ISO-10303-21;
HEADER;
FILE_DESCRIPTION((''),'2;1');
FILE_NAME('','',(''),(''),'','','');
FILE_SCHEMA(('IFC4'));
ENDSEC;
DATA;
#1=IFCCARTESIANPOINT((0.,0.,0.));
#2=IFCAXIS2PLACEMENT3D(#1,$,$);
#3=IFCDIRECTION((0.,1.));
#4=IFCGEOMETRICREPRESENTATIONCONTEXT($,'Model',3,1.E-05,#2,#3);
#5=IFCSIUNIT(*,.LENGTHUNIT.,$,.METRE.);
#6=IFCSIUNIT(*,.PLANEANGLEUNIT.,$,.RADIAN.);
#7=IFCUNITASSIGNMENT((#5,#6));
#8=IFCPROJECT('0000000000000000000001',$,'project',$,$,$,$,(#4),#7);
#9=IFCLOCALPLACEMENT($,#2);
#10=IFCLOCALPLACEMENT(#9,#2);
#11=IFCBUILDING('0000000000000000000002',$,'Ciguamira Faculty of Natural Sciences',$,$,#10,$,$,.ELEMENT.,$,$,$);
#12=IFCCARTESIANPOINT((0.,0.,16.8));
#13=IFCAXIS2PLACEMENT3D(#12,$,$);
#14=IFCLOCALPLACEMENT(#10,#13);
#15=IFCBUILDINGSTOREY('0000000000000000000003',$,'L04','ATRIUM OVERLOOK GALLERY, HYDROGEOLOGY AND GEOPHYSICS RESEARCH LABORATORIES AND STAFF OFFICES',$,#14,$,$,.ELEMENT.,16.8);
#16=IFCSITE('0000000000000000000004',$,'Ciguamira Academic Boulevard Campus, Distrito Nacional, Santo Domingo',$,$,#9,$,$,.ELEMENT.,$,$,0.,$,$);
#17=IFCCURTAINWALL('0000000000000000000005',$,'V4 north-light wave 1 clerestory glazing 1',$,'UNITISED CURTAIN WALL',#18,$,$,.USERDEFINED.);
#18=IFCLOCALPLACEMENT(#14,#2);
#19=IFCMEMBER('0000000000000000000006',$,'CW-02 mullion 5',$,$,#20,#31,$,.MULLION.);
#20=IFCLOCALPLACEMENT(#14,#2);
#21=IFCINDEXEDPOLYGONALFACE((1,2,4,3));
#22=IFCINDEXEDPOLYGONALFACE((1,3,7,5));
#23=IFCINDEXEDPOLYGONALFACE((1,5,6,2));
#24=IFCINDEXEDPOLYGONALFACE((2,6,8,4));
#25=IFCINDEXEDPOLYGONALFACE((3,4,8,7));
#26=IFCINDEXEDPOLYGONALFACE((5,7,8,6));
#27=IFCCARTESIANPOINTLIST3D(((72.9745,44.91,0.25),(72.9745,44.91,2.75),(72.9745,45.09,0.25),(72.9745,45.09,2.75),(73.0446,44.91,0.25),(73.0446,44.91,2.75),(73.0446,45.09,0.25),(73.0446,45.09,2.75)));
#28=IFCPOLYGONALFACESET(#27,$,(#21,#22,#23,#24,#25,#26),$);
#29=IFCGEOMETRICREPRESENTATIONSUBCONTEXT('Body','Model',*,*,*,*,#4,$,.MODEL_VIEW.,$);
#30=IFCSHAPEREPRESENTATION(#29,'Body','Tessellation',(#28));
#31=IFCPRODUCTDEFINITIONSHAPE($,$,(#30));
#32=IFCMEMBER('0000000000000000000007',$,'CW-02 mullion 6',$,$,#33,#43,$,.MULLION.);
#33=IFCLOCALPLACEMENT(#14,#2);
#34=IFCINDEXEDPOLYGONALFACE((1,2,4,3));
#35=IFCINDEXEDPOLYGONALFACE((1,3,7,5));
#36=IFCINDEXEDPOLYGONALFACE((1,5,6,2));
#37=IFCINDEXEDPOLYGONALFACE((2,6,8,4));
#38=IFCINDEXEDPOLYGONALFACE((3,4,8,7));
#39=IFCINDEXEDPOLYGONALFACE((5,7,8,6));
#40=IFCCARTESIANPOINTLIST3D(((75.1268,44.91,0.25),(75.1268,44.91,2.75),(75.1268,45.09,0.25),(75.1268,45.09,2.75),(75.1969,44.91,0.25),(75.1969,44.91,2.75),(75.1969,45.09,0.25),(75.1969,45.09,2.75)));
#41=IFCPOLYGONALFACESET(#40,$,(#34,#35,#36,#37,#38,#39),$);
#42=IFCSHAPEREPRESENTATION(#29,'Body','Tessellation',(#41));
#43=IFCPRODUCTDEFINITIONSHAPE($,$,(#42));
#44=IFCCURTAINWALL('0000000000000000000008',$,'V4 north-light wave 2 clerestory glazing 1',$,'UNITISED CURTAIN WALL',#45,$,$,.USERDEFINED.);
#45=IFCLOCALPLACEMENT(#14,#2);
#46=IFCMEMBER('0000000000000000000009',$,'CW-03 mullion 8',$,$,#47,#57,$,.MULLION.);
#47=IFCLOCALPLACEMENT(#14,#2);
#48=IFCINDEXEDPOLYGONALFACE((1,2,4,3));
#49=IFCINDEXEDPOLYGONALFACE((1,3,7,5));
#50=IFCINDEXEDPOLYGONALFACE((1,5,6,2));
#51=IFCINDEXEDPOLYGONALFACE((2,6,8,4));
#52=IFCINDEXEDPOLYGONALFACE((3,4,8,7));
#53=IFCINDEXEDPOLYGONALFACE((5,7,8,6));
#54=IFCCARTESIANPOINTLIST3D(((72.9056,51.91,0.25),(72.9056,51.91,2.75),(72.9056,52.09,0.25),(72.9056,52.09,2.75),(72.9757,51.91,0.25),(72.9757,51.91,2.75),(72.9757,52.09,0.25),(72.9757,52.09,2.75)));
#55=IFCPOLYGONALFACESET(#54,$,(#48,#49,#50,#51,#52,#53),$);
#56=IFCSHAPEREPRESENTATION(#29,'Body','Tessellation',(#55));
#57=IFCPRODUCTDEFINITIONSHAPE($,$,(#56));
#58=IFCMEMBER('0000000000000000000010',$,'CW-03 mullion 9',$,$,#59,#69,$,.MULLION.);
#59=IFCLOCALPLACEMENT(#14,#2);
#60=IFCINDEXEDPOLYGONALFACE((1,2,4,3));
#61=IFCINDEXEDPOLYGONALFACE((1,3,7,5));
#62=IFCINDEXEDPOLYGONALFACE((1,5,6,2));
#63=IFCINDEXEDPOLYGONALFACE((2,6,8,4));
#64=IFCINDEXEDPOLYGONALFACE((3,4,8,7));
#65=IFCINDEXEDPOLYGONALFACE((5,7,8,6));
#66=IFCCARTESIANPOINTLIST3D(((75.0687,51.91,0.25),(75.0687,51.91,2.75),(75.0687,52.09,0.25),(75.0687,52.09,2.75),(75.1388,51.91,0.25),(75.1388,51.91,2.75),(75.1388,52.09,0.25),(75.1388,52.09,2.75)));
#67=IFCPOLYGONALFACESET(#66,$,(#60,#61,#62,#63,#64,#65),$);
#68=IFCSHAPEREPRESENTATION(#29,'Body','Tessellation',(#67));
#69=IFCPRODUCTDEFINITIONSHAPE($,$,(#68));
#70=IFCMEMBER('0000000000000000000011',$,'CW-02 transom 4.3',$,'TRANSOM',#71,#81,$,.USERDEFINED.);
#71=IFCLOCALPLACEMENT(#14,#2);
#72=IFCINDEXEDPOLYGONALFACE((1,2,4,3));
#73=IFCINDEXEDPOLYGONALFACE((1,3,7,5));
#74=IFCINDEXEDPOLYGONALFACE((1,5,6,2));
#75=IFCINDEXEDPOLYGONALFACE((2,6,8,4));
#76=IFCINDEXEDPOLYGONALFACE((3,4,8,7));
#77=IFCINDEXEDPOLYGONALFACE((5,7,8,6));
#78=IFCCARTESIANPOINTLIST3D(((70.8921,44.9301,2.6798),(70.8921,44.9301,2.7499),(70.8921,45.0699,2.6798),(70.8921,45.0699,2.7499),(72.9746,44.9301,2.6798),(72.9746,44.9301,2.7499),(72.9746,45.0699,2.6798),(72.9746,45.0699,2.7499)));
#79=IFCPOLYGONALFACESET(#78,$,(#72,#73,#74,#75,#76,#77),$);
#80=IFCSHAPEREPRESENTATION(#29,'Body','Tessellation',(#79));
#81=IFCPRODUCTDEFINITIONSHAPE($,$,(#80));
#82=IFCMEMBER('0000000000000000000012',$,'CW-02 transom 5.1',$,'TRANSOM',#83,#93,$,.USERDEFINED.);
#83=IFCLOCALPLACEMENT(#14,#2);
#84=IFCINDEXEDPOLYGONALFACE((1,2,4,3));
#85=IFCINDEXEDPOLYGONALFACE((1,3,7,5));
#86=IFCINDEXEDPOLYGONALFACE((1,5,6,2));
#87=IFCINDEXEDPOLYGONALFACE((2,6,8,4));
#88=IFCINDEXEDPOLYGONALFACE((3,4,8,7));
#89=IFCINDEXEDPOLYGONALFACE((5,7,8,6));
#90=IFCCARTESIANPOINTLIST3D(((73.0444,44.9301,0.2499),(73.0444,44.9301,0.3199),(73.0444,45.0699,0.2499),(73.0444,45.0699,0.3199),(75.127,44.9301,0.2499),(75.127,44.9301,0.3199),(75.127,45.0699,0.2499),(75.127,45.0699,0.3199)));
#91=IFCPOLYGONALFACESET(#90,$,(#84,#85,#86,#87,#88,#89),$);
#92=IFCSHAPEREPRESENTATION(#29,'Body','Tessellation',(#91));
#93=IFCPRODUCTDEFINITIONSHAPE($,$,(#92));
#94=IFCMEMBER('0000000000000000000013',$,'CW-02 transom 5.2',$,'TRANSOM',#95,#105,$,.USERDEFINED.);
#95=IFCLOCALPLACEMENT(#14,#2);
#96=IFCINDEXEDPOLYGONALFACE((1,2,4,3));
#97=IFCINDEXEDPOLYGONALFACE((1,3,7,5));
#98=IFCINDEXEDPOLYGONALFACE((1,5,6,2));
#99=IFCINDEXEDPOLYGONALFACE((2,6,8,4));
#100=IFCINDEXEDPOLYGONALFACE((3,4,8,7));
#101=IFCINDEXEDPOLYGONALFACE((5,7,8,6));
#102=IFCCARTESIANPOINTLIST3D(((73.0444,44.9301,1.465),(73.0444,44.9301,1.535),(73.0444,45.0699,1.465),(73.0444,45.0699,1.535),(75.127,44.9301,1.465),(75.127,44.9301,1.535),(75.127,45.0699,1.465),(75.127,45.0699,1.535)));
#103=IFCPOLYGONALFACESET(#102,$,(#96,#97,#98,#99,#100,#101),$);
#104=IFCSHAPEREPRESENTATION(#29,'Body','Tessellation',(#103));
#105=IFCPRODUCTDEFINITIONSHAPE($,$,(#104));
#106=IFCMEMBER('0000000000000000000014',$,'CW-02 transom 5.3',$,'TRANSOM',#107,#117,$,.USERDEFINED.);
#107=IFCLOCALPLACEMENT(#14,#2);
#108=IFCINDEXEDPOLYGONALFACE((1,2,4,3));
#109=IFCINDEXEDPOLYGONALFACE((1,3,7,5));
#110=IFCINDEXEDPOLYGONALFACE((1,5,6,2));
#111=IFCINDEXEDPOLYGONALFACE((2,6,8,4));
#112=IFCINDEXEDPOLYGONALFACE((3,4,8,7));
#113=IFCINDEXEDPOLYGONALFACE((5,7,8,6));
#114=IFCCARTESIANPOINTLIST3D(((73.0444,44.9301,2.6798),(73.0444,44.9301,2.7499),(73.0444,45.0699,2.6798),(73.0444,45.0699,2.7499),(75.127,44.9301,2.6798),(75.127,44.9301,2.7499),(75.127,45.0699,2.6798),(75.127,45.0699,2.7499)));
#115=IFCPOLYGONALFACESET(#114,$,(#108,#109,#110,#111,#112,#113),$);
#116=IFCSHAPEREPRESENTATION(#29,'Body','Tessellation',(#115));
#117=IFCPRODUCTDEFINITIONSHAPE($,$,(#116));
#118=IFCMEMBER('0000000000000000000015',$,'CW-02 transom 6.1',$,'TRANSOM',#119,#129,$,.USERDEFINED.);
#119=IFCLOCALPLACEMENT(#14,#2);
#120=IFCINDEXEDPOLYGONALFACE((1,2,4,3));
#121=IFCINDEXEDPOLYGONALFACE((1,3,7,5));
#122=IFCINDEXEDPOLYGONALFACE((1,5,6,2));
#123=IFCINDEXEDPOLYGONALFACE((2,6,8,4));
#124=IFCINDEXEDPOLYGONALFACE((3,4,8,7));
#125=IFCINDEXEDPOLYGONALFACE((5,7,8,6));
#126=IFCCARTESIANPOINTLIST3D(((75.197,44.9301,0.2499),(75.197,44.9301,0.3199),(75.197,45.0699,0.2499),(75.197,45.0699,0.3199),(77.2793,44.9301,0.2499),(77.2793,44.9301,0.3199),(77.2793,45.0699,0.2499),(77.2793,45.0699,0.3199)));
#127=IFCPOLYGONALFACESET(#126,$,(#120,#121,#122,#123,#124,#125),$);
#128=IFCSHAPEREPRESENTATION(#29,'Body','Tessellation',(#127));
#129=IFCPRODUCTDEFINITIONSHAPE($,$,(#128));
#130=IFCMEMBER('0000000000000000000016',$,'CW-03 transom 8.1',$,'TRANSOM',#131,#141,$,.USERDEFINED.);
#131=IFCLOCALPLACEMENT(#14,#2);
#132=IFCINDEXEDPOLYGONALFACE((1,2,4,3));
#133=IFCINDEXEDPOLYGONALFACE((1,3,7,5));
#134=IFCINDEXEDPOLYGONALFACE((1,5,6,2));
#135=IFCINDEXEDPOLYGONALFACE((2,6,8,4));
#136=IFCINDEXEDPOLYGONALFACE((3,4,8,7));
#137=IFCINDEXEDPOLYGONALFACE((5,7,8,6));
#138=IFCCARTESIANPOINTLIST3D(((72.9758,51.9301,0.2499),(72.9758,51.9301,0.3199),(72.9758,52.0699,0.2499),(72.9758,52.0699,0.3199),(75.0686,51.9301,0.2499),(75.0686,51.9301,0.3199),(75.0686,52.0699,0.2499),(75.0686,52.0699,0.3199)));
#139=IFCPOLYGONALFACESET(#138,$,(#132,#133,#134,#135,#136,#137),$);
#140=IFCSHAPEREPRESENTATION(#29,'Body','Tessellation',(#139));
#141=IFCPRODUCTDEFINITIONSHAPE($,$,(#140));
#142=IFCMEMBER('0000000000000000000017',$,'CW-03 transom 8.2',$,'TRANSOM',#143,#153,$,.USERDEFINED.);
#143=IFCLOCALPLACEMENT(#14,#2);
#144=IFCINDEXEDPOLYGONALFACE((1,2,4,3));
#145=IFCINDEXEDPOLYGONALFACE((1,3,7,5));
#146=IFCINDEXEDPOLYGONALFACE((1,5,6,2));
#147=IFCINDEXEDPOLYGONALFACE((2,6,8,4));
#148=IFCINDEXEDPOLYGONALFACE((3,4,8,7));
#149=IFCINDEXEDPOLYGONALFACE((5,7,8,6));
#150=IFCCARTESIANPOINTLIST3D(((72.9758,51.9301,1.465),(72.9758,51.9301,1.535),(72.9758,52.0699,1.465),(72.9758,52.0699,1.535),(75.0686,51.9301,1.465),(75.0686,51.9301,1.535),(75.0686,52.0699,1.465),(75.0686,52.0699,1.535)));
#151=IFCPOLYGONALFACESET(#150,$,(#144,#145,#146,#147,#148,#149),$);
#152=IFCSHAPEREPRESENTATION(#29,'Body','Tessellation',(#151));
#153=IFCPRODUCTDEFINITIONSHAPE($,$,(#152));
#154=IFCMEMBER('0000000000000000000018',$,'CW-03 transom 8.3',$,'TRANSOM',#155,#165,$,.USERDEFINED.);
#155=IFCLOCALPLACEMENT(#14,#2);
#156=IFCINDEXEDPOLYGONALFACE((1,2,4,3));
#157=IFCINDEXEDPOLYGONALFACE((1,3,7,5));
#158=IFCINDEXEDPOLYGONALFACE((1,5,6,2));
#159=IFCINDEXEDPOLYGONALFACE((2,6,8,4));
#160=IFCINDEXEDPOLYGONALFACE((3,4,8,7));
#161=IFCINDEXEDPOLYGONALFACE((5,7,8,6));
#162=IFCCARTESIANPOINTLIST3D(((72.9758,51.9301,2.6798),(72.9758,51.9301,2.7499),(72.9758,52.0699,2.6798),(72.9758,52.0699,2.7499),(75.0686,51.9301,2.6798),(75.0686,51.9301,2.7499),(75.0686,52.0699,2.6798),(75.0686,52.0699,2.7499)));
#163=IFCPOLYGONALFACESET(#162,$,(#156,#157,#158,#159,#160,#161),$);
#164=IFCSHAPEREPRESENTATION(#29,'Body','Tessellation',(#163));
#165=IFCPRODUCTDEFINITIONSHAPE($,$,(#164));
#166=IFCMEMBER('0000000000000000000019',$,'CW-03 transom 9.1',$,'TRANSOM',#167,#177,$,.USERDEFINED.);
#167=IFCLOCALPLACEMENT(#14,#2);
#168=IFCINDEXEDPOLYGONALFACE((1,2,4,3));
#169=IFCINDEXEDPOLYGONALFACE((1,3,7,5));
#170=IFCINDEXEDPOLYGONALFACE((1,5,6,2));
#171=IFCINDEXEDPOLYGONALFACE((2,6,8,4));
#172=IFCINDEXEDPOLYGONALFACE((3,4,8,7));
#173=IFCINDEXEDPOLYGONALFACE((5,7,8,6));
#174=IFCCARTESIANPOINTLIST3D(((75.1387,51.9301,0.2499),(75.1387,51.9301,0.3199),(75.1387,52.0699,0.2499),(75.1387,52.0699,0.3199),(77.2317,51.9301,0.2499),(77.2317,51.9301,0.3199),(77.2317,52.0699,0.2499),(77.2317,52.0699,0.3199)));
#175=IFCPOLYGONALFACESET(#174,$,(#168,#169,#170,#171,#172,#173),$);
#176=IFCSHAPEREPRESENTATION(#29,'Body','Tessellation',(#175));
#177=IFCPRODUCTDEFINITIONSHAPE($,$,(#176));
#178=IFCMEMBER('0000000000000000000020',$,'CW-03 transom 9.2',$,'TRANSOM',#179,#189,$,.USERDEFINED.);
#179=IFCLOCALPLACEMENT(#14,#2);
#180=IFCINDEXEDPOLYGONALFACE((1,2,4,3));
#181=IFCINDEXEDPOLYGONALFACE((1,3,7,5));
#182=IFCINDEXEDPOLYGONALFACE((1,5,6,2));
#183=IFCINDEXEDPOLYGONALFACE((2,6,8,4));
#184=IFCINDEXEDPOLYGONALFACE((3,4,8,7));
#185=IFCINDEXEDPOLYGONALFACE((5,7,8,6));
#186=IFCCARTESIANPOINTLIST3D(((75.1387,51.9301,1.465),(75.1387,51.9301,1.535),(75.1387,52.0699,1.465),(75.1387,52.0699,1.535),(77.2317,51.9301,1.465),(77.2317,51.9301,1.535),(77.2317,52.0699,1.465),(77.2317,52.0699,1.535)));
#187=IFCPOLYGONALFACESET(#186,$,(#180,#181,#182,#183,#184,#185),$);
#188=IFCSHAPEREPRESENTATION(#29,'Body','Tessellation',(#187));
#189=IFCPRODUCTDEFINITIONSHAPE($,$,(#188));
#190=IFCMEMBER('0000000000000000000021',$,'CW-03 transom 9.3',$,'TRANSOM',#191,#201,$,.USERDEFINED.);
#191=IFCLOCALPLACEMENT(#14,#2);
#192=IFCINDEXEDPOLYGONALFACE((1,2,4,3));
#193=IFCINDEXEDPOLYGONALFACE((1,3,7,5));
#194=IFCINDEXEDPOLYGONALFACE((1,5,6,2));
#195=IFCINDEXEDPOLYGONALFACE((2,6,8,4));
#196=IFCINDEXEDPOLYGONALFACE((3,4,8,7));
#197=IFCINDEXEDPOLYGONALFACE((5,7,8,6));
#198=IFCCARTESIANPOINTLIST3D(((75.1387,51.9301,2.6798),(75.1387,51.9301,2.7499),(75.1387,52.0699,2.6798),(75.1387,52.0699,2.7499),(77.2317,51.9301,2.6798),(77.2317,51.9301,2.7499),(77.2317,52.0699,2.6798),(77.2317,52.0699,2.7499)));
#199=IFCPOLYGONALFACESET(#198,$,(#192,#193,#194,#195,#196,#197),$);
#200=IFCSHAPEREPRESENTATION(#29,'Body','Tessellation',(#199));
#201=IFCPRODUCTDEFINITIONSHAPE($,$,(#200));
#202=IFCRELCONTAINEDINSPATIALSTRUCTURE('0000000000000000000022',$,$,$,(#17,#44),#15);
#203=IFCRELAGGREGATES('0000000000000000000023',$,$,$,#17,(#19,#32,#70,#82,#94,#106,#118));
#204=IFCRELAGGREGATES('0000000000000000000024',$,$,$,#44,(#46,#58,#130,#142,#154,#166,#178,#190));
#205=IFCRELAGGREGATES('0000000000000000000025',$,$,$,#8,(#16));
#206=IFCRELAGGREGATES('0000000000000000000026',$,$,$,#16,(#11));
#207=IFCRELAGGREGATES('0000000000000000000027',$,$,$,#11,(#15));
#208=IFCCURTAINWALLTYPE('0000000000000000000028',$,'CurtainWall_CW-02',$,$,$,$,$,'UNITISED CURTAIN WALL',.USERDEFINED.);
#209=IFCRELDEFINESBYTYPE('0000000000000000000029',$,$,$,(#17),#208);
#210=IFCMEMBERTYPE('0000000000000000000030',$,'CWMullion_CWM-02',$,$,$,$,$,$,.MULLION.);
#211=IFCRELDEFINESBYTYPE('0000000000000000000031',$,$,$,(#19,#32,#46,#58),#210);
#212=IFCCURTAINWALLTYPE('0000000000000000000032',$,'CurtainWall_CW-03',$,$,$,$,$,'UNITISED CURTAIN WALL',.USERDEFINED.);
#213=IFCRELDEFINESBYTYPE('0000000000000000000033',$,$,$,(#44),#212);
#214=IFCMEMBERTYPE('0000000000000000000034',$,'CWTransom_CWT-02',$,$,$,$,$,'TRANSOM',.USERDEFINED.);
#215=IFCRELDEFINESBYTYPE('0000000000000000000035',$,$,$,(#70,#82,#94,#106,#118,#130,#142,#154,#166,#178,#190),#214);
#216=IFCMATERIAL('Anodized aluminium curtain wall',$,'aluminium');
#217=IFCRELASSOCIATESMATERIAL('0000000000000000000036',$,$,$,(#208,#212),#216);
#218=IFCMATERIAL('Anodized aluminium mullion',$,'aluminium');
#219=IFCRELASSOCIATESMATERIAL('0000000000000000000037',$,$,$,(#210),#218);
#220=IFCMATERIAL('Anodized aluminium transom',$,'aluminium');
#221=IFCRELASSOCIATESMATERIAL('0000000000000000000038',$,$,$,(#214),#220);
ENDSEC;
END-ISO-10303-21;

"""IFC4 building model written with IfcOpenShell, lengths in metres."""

from ifc_helpers import new_model, si_unit, direction, frame, origin, origin_2d, place, context, subcontext, project, spatial, rectangle, extrude, material, material_profile, profile_set, type_object, element, aggregate, save


model = new_model("IFC4")

# Units and contexts
model_context = context("Model", 3, precision=1e-05, world=origin(), true_north=direction((0.0, 1.0)))
body_context = subcontext(model_context, "Body", "Model", "MODEL_VIEW")
ifc_project = project(units=[si_unit("LENGTHUNIT", "METRE"), si_unit("PLANEANGLEUNIT", "RADIAN")], contexts=[model_context])

# Site, building, storey
site_placement = place(None, origin())
site = spatial("IfcSite", under=ifc_project, at=site_placement, Name="Ciguamira Academic Boulevard Campus, Distrito Nacional, Santo Domingo", CompositionType="ELEMENT", RefElevation=0.0)
building_placement = place(site_placement, origin())
building = spatial("IfcBuilding", under=site, at=building_placement, Name="Ciguamira Faculty of Natural Sciences", CompositionType="ELEMENT")
storey_placement = place(building_placement, frame((0.0, 0.0, 16.8)))
storey = spatial("IfcBuildingStorey", under=building, at=storey_placement, Name="L04", Description="ATRIUM OVERLOOK GALLERY, HYDROGEOLOGY AND GEOPHYSICS RESEARCH LABORATORIES AND STAFF OFFICES", CompositionType="ELEMENT", Elevation=16.8)

# Curtain walls, members
ifc_material_1 = material(Name="Anodized aluminium curtain wall", Category="aluminium")
curtain_wall_type_1 = type_object("IfcCurtainWallType", Name="CurtainWall_CW-02", ElementType="UNITISED CURTAIN WALL", PredefinedType="USERDEFINED", material=ifc_material_1)
curtain_wall_1_placement = place(storey_placement, origin())
curtain_wall_1 = element("IfcCurtainWall", 1, at=curtain_wall_1_placement, inside=storey, type_object=curtain_wall_type_1, Name="V4 north-light wave 1 clerestory glazing 1", ObjectType="UNITISED CURTAIN WALL", PredefinedType="USERDEFINED")
ifc_material_2 = material(Name="Anodized aluminium mullion", Category="aluminium")
ifc_material_profile_1 = material_profile(ifc_material_2, rectangle(XDim=0.0701, YDim=0.1799, at=origin_2d()), Name="ALU-MUL-70X180")
ifc_profile_set_1 = profile_set([ifc_material_profile_1], Name="Anodized aluminium mullion")
member_type_1 = type_object("IfcMemberType", Name="CWMullion_CWM-02", PredefinedType="MULLION", material=ifc_profile_set_1)
member_1_placement = place(storey_placement, frame((73.0095, 45.0, 0.25), z_axis=(0.0, 0.0, 1.0), x_axis=(1.0, 0.0, 0.0)))
member_1 = element("IfcMember", 2, at=member_1_placement, type_object=member_type_1, Name="CW-02 mullion 5", PredefinedType="MULLION", context=body_context, shape_type="SweptSolid", body=[
    extrude(rectangle(XDim=0.0701, YDim=0.1799, at=origin_2d()), origin(), (0.0, 0.0, 1.0), 2.5),
])
member_2_placement = place(storey_placement, frame((75.1619, 45.0, 0.25), z_axis=(0.0, 0.0, 1.0), x_axis=(1.0, 0.0, 0.0)))
member_2 = element("IfcMember", 3, at=member_2_placement, type_object=member_type_1, Name="CW-02 mullion 6", PredefinedType="MULLION", context=body_context, shape_type="SweptSolid", body=[
    extrude(rectangle(XDim=0.0701, YDim=0.1799, at=origin_2d()), origin(), (0.0, 0.0, 1.0), 2.5),
])
curtain_wall_type_2 = type_object("IfcCurtainWallType", Name="CurtainWall_CW-03", ElementType="UNITISED CURTAIN WALL", PredefinedType="USERDEFINED", material=ifc_material_1)
curtain_wall_2_placement = place(storey_placement, origin())
curtain_wall_2 = element("IfcCurtainWall", 4, at=curtain_wall_2_placement, inside=storey, type_object=curtain_wall_type_2, Name="V4 north-light wave 2 clerestory glazing 1", ObjectType="UNITISED CURTAIN WALL", PredefinedType="USERDEFINED")
member_3_placement = place(storey_placement, frame((72.9407, 52.0, 0.25), z_axis=(0.0, 0.0, 1.0), x_axis=(1.0, 0.0, 0.0)))
member_3 = element("IfcMember", 5, at=member_3_placement, type_object=member_type_1, Name="CW-03 mullion 8", PredefinedType="MULLION", context=body_context, shape_type="SweptSolid", body=[
    extrude(rectangle(XDim=0.0701, YDim=0.1799, at=origin_2d()), origin(), (0.0, 0.0, 1.0), 2.5),
])
member_4_placement = place(storey_placement, frame((75.1038, 52.0, 0.25), z_axis=(0.0, 0.0, 1.0), x_axis=(1.0, 0.0, 0.0)))
member_4 = element("IfcMember", 6, at=member_4_placement, type_object=member_type_1, Name="CW-03 mullion 9", PredefinedType="MULLION", context=body_context, shape_type="SweptSolid", body=[
    extrude(rectangle(XDim=0.0701, YDim=0.1799, at=origin_2d()), origin(), (0.0, 0.0, 1.0), 2.5),
])

# Members
ifc_material_3 = material(Name="Anodized aluminium transom", Category="aluminium")
ifc_material_profile_2 = material_profile(ifc_material_3, rectangle(XDim=0.0701, YDim=0.1399, at=origin_2d()), Name="ALU-TRN-70X140")
ifc_profile_set_2 = profile_set([ifc_material_profile_2], Name="Anodized aluminium transom")
member_type_2 = type_object("IfcMemberType", Name="CWTransom_CWT-02", ElementType="TRANSOM", PredefinedType="USERDEFINED", material=ifc_profile_set_2)
member_5_placement = place(storey_placement, frame((70.8921, 45.0, 2.7148), z_axis=(1.0, 0.0, 0.0), x_axis=(0.0, 0.0, 1.0)))
member_5 = element("IfcMember", 7, at=member_5_placement, type_object=member_type_2, Name="CW-02 transom 4.3", ObjectType="TRANSOM", PredefinedType="USERDEFINED", context=body_context, shape_type="SweptSolid", body=[
    extrude(rectangle(XDim=0.0701, YDim=0.1399, at=origin_2d()), origin(), (0.0, 0.0, 1.0), 2.0825),
])
member_6_placement = place(storey_placement, frame((73.0444, 45.0, 0.2849), z_axis=(1.0, 0.0, 0.0), x_axis=(0.0, 0.0, 1.0)))
member_6 = element("IfcMember", 8, at=member_6_placement, type_object=member_type_2, Name="CW-02 transom 5.1", ObjectType="TRANSOM", PredefinedType="USERDEFINED", context=body_context, shape_type="SweptSolid", body=[
    extrude(rectangle(XDim=0.0701, YDim=0.1399, at=origin_2d()), origin(), (0.0, 0.0, 1.0), 2.0825),
])
member_7_placement = place(storey_placement, frame((73.0444, 45.0, 1.5), z_axis=(1.0, 0.0, 0.0), x_axis=(0.0, 0.0, 1.0)))
member_7 = element("IfcMember", 9, at=member_7_placement, type_object=member_type_2, Name="CW-02 transom 5.2", ObjectType="TRANSOM", PredefinedType="USERDEFINED", context=body_context, shape_type="SweptSolid", body=[
    extrude(rectangle(XDim=0.0701, YDim=0.1399, at=origin_2d()), origin(), (0.0, 0.0, 1.0), 2.0825),
])
member_8_placement = place(storey_placement, frame((73.0444, 45.0, 2.7148), z_axis=(1.0, 0.0, 0.0), x_axis=(0.0, 0.0, 1.0)))
member_8 = element("IfcMember", 10, at=member_8_placement, type_object=member_type_2, Name="CW-02 transom 5.3", ObjectType="TRANSOM", PredefinedType="USERDEFINED", context=body_context, shape_type="SweptSolid", body=[
    extrude(rectangle(XDim=0.0701, YDim=0.1399, at=origin_2d()), origin(), (0.0, 0.0, 1.0), 2.0825),
])
member_9_placement = place(storey_placement, frame((75.197, 45.0, 0.2849), z_axis=(1.0, 0.0, 0.0), x_axis=(0.0, 0.0, 1.0)))
member_9 = element("IfcMember", 11, at=member_9_placement, type_object=member_type_2, Name="CW-02 transom 6.1", ObjectType="TRANSOM", PredefinedType="USERDEFINED", context=body_context, shape_type="SweptSolid", body=[
    extrude(rectangle(XDim=0.0701, YDim=0.1399, at=origin_2d()), origin(), (0.0, 0.0, 1.0), 2.0823),
])
member_10_placement = place(storey_placement, frame((72.9758, 52.0, 0.2849), z_axis=(1.0, 0.0, 0.0), x_axis=(0.0, 0.0, 1.0)))
member_10 = element("IfcMember", 12, at=member_10_placement, type_object=member_type_2, Name="CW-03 transom 8.1", ObjectType="TRANSOM", PredefinedType="USERDEFINED", context=body_context, shape_type="SweptSolid", body=[
    extrude(rectangle(XDim=0.0701, YDim=0.1399, at=origin_2d()), origin(), (0.0, 0.0, 1.0), 2.0928),
])
member_11_placement = place(storey_placement, frame((72.9758, 52.0, 1.5), z_axis=(1.0, 0.0, 0.0), x_axis=(0.0, 0.0, 1.0)))
member_11 = element("IfcMember", 13, at=member_11_placement, type_object=member_type_2, Name="CW-03 transom 8.2", ObjectType="TRANSOM", PredefinedType="USERDEFINED", context=body_context, shape_type="SweptSolid", body=[
    extrude(rectangle(XDim=0.0701, YDim=0.1399, at=origin_2d()), origin(), (0.0, 0.0, 1.0), 2.0928),
])
member_12_placement = place(storey_placement, frame((72.9758, 52.0, 2.7148), z_axis=(1.0, 0.0, 0.0), x_axis=(0.0, 0.0, 1.0)))
member_12 = element("IfcMember", 14, at=member_12_placement, type_object=member_type_2, Name="CW-03 transom 8.3", ObjectType="TRANSOM", PredefinedType="USERDEFINED", context=body_context, shape_type="SweptSolid", body=[
    extrude(rectangle(XDim=0.0701, YDim=0.1399, at=origin_2d()), origin(), (0.0, 0.0, 1.0), 2.0928),
])
member_13_placement = place(storey_placement, frame((75.1387, 52.0, 0.2849), z_axis=(1.0, 0.0, 0.0), x_axis=(0.0, 0.0, 1.0)))
member_13 = element("IfcMember", 15, at=member_13_placement, type_object=member_type_2, Name="CW-03 transom 9.1", ObjectType="TRANSOM", PredefinedType="USERDEFINED", context=body_context, shape_type="SweptSolid", body=[
    extrude(rectangle(XDim=0.0701, YDim=0.1399, at=origin_2d()), origin(), (0.0, 0.0, 1.0), 2.093),
])
member_14_placement = place(storey_placement, frame((75.1387, 52.0, 1.5), z_axis=(1.0, 0.0, 0.0), x_axis=(0.0, 0.0, 1.0)))
member_14 = element("IfcMember", 16, at=member_14_placement, type_object=member_type_2, Name="CW-03 transom 9.2", ObjectType="TRANSOM", PredefinedType="USERDEFINED", context=body_context, shape_type="SweptSolid", body=[
    extrude(rectangle(XDim=0.0701, YDim=0.1399, at=origin_2d()), origin(), (0.0, 0.0, 1.0), 2.093),
])
member_15_placement = place(storey_placement, frame((75.1387, 52.0, 2.7148), z_axis=(1.0, 0.0, 0.0), x_axis=(0.0, 0.0, 1.0)))
member_15 = element("IfcMember", 17, at=member_15_placement, type_object=member_type_2, Name="CW-03 transom 9.3", ObjectType="TRANSOM", PredefinedType="USERDEFINED", context=body_context, shape_type="SweptSolid", body=[
    extrude(rectangle(XDim=0.0701, YDim=0.1399, at=origin_2d()), origin(), (0.0, 0.0, 1.0), 2.093),
])

aggregate(curtain_wall_1, [member_1, member_2, member_5, member_6, member_7, member_8, member_9])
aggregate(curtain_wall_2, [member_3, member_4, member_10, member_11, member_12, member_13, member_14, member_15])

save(model, "model.ifc")
